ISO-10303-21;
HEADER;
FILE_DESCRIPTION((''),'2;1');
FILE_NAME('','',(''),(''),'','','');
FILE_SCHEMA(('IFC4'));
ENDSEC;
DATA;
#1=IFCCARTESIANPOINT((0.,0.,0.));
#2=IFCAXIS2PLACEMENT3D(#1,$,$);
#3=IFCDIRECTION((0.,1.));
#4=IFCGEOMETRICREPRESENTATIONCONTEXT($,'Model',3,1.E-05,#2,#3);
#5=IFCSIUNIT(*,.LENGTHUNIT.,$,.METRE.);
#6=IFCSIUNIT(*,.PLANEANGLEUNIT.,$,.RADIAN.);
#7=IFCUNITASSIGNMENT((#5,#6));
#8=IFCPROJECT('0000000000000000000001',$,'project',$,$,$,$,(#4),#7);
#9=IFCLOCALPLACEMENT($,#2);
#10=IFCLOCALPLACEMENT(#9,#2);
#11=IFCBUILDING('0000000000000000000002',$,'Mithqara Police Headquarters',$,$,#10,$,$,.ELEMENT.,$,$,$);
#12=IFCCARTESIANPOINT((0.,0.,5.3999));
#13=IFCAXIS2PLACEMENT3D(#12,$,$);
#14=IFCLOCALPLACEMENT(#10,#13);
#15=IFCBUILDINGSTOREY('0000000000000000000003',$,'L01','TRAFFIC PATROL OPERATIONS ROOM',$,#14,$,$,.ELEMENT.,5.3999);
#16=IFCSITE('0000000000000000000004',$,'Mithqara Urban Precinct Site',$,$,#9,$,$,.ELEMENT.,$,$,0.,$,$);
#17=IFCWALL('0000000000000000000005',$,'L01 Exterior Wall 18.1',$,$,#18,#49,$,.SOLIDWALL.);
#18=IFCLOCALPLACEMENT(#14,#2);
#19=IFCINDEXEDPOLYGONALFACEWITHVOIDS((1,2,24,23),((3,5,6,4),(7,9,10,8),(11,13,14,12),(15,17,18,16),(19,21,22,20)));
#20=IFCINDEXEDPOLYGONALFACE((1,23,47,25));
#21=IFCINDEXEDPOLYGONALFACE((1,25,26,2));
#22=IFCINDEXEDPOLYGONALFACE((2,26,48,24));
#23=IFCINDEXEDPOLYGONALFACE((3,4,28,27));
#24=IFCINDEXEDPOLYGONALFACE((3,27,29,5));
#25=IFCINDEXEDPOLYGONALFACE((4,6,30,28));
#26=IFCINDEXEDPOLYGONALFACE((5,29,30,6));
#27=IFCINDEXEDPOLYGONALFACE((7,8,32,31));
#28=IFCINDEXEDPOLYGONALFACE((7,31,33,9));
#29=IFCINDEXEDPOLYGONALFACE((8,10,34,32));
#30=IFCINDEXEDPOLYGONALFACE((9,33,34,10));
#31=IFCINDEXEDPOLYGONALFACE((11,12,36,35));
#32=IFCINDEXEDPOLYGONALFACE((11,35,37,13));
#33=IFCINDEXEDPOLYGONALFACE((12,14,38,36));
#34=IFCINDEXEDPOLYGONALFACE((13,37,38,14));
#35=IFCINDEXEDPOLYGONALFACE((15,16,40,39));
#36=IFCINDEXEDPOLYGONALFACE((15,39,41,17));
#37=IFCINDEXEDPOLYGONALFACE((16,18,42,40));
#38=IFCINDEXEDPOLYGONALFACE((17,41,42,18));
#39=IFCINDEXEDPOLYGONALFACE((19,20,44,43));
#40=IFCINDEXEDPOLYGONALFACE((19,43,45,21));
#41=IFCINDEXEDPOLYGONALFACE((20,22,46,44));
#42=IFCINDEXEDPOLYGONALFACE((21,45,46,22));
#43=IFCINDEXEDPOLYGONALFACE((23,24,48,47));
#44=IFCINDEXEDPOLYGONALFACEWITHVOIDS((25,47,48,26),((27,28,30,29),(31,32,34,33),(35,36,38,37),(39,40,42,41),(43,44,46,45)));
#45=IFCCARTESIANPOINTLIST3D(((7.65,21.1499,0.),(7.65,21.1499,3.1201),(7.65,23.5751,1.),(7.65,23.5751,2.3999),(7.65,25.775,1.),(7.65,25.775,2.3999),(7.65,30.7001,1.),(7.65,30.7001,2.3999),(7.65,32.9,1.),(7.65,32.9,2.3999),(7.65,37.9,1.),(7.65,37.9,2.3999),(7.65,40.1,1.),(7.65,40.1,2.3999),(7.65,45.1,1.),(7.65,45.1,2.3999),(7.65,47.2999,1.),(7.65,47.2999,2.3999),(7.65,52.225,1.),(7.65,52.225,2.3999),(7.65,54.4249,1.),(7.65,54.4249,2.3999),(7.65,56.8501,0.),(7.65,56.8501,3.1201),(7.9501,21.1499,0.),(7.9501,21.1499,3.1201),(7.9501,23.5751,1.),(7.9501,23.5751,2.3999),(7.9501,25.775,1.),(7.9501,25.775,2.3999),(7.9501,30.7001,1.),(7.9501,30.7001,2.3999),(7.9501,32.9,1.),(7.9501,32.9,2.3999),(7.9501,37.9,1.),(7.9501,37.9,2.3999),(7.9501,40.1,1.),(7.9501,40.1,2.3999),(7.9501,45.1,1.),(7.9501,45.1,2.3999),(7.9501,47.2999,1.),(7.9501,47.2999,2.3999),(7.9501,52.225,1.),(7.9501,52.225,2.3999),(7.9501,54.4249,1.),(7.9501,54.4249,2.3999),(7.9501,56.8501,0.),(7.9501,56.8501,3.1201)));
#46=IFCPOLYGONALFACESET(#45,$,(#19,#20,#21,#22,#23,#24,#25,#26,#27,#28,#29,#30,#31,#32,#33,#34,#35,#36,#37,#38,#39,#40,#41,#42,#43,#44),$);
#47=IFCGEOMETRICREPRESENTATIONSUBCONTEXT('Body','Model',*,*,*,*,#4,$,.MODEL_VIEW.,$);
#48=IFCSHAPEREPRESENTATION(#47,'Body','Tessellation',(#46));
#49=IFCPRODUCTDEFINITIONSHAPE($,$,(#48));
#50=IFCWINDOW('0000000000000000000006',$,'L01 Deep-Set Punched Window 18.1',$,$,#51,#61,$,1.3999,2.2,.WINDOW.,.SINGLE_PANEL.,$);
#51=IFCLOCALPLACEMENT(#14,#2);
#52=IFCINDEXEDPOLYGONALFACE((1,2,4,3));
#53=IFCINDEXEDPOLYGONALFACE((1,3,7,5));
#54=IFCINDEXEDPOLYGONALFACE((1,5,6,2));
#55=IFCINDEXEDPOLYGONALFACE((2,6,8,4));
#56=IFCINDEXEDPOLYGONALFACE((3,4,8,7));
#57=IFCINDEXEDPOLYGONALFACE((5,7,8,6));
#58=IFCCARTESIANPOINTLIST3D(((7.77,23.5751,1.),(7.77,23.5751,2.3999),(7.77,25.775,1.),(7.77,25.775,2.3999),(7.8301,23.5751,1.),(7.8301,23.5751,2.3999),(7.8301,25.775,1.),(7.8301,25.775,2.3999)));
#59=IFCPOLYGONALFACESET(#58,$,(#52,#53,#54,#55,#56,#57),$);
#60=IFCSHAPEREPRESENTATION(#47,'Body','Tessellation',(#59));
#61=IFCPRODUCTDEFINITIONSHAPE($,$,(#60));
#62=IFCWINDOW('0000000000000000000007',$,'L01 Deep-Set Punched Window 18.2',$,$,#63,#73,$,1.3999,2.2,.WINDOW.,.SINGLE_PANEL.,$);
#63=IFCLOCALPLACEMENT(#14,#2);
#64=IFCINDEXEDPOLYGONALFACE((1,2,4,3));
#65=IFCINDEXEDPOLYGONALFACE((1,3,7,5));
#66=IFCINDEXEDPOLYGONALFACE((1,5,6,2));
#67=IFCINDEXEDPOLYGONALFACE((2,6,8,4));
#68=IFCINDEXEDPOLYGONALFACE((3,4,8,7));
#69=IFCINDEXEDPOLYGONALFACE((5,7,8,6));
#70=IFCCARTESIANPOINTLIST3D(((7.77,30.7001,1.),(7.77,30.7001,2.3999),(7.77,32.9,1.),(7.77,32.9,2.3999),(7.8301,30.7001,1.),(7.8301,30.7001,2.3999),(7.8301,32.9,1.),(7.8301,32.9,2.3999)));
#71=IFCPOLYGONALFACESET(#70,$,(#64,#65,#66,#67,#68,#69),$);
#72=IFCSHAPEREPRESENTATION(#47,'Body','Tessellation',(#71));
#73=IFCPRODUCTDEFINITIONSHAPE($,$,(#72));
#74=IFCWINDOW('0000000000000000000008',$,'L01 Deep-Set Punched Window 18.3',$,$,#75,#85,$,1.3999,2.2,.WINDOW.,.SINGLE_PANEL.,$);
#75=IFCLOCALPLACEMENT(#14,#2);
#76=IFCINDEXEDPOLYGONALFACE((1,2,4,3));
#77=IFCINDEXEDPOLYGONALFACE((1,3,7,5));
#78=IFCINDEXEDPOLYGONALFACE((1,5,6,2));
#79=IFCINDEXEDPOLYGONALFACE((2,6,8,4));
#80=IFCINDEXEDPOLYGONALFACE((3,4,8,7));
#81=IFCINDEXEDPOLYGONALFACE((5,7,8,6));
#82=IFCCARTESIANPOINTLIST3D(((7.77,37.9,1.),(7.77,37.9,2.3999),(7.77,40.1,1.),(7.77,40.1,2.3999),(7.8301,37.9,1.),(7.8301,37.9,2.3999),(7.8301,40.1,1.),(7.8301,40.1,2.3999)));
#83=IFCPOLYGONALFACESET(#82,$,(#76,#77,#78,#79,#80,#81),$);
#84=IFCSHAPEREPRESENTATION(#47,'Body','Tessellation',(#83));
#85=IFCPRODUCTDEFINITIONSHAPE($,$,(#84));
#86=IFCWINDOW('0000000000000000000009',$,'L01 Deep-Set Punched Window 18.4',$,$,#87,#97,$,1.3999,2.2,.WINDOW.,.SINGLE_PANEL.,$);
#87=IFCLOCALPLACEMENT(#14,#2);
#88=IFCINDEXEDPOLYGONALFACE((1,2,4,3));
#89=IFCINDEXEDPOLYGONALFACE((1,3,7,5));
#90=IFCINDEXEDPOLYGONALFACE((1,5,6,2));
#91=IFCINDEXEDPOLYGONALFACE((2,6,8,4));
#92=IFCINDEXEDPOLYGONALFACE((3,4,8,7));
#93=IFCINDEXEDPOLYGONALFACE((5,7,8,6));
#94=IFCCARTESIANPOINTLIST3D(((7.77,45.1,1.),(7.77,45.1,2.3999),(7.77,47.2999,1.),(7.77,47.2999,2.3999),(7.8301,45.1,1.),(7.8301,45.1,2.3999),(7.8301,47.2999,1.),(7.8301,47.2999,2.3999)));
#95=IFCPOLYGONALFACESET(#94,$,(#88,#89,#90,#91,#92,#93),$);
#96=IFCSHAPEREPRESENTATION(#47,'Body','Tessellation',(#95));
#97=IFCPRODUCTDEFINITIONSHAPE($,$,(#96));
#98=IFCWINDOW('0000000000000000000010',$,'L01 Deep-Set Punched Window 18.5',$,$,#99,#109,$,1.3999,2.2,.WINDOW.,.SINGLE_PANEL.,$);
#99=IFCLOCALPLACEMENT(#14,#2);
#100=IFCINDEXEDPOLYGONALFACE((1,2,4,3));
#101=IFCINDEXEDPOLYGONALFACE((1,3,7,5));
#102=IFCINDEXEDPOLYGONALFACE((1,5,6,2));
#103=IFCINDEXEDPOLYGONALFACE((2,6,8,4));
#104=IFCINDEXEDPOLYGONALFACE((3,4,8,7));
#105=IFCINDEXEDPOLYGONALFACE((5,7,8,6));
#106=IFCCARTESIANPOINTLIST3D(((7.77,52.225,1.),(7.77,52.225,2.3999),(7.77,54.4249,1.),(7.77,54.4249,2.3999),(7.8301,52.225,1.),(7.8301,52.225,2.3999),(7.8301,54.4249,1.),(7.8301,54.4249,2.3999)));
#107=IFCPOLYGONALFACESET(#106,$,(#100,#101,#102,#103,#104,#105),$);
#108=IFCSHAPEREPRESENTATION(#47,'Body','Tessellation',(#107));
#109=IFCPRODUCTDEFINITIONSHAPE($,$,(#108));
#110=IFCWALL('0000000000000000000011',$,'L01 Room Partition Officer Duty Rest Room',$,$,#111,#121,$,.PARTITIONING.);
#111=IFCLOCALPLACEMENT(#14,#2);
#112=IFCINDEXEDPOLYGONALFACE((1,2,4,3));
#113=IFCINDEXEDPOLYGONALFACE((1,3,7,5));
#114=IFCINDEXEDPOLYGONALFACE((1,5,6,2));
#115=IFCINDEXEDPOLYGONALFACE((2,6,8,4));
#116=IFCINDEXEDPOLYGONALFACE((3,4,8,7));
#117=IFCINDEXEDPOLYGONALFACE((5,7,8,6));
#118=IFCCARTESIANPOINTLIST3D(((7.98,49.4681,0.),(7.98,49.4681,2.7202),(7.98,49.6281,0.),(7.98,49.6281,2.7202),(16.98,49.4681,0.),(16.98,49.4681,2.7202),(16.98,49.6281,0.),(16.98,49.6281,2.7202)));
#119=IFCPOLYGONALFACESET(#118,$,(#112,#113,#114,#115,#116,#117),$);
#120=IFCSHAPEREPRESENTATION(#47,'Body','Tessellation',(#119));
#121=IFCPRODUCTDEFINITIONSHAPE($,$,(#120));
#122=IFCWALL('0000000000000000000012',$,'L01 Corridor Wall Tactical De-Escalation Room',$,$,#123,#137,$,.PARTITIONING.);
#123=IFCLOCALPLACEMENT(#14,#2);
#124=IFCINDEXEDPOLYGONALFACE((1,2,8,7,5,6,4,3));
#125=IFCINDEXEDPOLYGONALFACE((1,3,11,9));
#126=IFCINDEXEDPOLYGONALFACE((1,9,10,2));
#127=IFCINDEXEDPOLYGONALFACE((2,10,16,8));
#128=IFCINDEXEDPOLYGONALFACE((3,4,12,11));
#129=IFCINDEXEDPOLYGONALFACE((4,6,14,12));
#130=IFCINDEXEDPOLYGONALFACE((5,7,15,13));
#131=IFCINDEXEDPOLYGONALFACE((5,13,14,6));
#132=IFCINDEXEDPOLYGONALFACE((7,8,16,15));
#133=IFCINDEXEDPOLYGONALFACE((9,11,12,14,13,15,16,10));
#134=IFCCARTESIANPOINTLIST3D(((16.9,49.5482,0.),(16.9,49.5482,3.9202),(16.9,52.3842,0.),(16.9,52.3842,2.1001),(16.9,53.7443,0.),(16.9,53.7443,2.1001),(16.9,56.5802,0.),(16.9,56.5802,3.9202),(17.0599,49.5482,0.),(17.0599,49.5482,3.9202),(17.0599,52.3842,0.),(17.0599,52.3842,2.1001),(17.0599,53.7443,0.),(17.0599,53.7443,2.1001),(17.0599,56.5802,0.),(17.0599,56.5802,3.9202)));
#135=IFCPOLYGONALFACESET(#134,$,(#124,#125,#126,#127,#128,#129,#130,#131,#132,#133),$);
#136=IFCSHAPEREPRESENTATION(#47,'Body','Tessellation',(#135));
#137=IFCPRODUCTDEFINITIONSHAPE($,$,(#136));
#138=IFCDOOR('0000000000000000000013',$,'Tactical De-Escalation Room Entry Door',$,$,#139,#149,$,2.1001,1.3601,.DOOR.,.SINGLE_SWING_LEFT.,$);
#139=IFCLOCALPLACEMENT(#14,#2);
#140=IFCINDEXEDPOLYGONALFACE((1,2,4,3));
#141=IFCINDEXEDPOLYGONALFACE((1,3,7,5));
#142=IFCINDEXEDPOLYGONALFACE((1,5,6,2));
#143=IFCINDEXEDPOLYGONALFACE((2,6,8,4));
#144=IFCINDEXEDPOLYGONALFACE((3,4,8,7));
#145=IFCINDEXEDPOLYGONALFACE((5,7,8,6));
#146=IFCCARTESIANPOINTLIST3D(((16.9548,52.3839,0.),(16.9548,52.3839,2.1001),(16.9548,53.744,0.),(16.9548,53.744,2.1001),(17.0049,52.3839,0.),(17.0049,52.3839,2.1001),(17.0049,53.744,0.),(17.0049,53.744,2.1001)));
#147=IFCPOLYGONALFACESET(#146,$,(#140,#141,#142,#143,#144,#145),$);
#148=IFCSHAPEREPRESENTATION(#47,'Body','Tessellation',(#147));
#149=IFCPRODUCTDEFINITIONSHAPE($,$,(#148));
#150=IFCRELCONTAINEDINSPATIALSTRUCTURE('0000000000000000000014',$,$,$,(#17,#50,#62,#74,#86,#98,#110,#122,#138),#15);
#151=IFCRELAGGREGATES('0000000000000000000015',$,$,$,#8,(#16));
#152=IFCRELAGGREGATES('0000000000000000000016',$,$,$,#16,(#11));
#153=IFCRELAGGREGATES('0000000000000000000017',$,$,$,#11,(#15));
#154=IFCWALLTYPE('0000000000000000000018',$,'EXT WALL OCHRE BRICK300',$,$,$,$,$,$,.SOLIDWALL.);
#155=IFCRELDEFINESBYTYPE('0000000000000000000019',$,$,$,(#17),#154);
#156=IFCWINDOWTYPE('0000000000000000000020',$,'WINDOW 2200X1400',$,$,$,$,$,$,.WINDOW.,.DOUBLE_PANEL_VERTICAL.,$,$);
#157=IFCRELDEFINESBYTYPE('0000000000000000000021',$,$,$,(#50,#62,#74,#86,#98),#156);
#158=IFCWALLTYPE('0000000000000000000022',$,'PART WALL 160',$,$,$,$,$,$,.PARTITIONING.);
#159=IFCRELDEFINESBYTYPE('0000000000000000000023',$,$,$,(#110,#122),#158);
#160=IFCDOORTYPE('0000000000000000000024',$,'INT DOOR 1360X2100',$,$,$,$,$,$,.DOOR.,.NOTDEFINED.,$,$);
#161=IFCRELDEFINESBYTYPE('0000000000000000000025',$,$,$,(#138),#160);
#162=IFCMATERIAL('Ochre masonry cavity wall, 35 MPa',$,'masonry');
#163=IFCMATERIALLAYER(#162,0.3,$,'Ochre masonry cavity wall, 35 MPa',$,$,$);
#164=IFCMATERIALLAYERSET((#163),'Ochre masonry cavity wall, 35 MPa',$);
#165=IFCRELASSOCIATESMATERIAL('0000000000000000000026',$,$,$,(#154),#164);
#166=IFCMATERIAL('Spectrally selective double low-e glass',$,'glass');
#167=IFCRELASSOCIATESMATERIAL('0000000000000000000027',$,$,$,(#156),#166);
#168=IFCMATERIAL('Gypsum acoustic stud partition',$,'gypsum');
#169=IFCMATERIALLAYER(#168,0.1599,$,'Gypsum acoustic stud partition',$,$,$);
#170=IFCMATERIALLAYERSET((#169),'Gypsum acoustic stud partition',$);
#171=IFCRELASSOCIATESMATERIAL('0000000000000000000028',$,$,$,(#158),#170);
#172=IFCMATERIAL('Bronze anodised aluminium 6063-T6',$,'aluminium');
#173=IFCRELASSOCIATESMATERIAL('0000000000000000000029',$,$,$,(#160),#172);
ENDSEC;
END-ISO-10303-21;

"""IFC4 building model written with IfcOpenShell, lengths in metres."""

from ifc_helpers import new_model, si_unit, direction, frame, frame_2d, origin, place, context, subcontext, project, spatial, rectangle, extrude, material, layer, layer_set, type_object, element, fill, save


model = new_model("IFC4")

# Units and contexts
model_context = context("Model", 3, precision=1e-05, world=origin(), true_north=direction((0.0, 1.0)))
body_context = subcontext(model_context, "Body", "Model", "MODEL_VIEW")
ifc_project = project(units=[si_unit("LENGTHUNIT", "METRE"), si_unit("PLANEANGLEUNIT", "RADIAN")], contexts=[model_context])

# Site, building, storey
site_placement = place(None, origin())
site = spatial("IfcSite", under=ifc_project, at=site_placement, Name="Mithqara Urban Precinct Site", CompositionType="ELEMENT", RefElevation=0.0)
building_placement = place(site_placement, origin())
building = spatial("IfcBuilding", under=site, at=building_placement, Name="Mithqara Police Headquarters", CompositionType="ELEMENT")
storey_placement = place(building_placement, frame((0.0, 0.0, 5.3999)))
storey = spatial("IfcBuildingStorey", under=building, at=storey_placement, Name="L01", Description="TRAFFIC PATROL OPERATIONS ROOM", CompositionType="ELEMENT", Elevation=5.3999)

# Shared definitions
ifc_material_1 = material(Name="Bronze anodised aluminium 6063-T6", Category="aluminium")

# Shared definitions
ifc_material_2 = material(Name="Ochre masonry cavity wall, 35 MPa", Category="masonry")
ifc_layer_1 = layer(ifc_material_2, 0.3, Name="Ochre masonry cavity wall, 35 MPa")
ifc_layer_set_1 = layer_set([ifc_layer_1], Name="Ochre masonry cavity wall, 35 MPa")
wall_type_1 = type_object("IfcWallType", Name="EXT WALL OCHRE BRICK300", PredefinedType="SOLIDWALL", material=ifc_layer_set_1)
ifc_material_3 = material(Name="Spectrally selective double low-e glass", Category="glass")

# Wall, openings, windows
wall_1_placement = place(storey_placement, frame((7.8, 56.8501, 0.0), z_axis=(0.0, 0.0, 1.0), x_axis=(0.0, -1.0, 0.0)))
wall_1 = element("IfcWall", 1, at=wall_1_placement, inside=storey, type_object=wall_type_1, Name="L01 Exterior Wall 18.1", PredefinedType="SOLIDWALL", context=body_context, shape_type="SweptSolid", body=[
    extrude(rectangle(XDim=35.7002, YDim=0.3, at=frame_2d((17.8501, 0.0))), origin(), (0.0, 0.0, 1.0), 3.1201),
])
opening_1_placement = place(wall_1_placement, frame((31.075, 0.0, 1.0)))
opening_1 = element("IfcOpeningElement", 2, at=opening_1_placement, cuts=wall_1, PredefinedType="OPENING", context=body_context, shape_type="SweptSolid", body=[
    extrude(rectangle(XDim=2.2, YDim=1.3999, at=frame_2d((1.1001, 0.7))), frame((0.0, 0.1602, 0.0), z_axis=(0.0, -1.0, 0.0), x_axis=(1.0, 0.0, 0.0)), (0.0, 0.0, 1.0), 0.3201),
])
opening_2_placement = place(wall_1_placement, frame((23.95, 0.0, 1.0)))
opening_2 = element("IfcOpeningElement", 3, at=opening_2_placement, cuts=wall_1, PredefinedType="OPENING", context=body_context, shape_type="SweptSolid", body=[
    extrude(rectangle(XDim=2.2, YDim=1.3999, at=frame_2d((1.1001, 0.7))), frame((0.0, 0.1602, 0.0), z_axis=(0.0, -1.0, 0.0), x_axis=(1.0, 0.0, 0.0)), (0.0, 0.0, 1.0), 0.3201),
])
opening_3_placement = place(wall_1_placement, frame((16.75, 0.0, 1.0)))
opening_3 = element("IfcOpeningElement", 4, at=opening_3_placement, cuts=wall_1, PredefinedType="OPENING", context=body_context, shape_type="SweptSolid", body=[
    extrude(rectangle(XDim=2.2, YDim=1.3999, at=frame_2d((1.1001, 0.7))), frame((0.0, 0.1602, 0.0), z_axis=(0.0, -1.0, 0.0), x_axis=(1.0, 0.0, 0.0)), (0.0, 0.0, 1.0), 0.3201),
])
opening_4_placement = place(wall_1_placement, frame((9.55, 0.0, 1.0)))
opening_4 = element("IfcOpeningElement", 5, at=opening_4_placement, cuts=wall_1, PredefinedType="OPENING", context=body_context, shape_type="SweptSolid", body=[
    extrude(rectangle(XDim=2.2, YDim=1.3999, at=frame_2d((1.1001, 0.7))), frame((0.0, 0.1602, 0.0), z_axis=(0.0, -1.0, 0.0), x_axis=(1.0, 0.0, 0.0)), (0.0, 0.0, 1.0), 0.3201),
])
opening_5_placement = place(wall_1_placement, frame((2.425, 0.0, 1.0)))
opening_5 = element("IfcOpeningElement", 6, at=opening_5_placement, cuts=wall_1, PredefinedType="OPENING", context=body_context, shape_type="SweptSolid", body=[
    extrude(rectangle(XDim=2.2, YDim=1.3999, at=frame_2d((1.1001, 0.7))), frame((0.0, 0.1602, 0.0), z_axis=(0.0, -1.0, 0.0), x_axis=(1.0, 0.0, 0.0)), (0.0, 0.0, 1.0), 0.3201),
])
window_type_1 = type_object("IfcWindowType", Name="WINDOW 2200X1400", PartitioningType="DOUBLE_PANEL_VERTICAL", PredefinedType="WINDOW", material=ifc_material_3)
window_1_placement = place(opening_1_placement, origin())
window_1 = element("IfcWindow", 7, at=window_1_placement, inside=storey, type_object=window_type_1, Name="L01 Deep-Set Punched Window 18.1", OverallHeight=1.3999, OverallWidth=2.2, PartitioningType="SINGLE_PANEL", PredefinedType="WINDOW", context=body_context, shape_type="SweptSolid", body=[
    extrude(rectangle(XDim=2.2, YDim=1.3999, at=frame_2d((1.1001, 0.7))), frame((0.0, 0.03, 0.0), z_axis=(0.0, -1.0, 0.0), x_axis=(1.0, 0.0, 0.0)), (0.0, 0.0, 1.0), 0.0601),
])
fill(opening_1, window_1)
window_2_placement = place(opening_2_placement, origin())
window_2 = element("IfcWindow", 8, at=window_2_placement, inside=storey, type_object=window_type_1, Name="L01 Deep-Set Punched Window 18.2", OverallHeight=1.3999, OverallWidth=2.2, PartitioningType="SINGLE_PANEL", PredefinedType="WINDOW", context=body_context, shape_type="SweptSolid", body=[
    extrude(rectangle(XDim=2.2, YDim=1.3999, at=frame_2d((1.1001, 0.7))), frame((0.0, 0.03, 0.0), z_axis=(0.0, -1.0, 0.0), x_axis=(1.0, 0.0, 0.0)), (0.0, 0.0, 1.0), 0.0601),
])
fill(opening_2, window_2)
window_3_placement = place(opening_3_placement, origin())
window_3 = element("IfcWindow", 9, at=window_3_placement, inside=storey, type_object=window_type_1, Name="L01 Deep-Set Punched Window 18.3", OverallHeight=1.3999, OverallWidth=2.2, PartitioningType="SINGLE_PANEL", PredefinedType="WINDOW", context=body_context, shape_type="SweptSolid", body=[
    extrude(rectangle(XDim=2.2, YDim=1.3999, at=frame_2d((1.1001, 0.7))), frame((0.0, 0.03, 0.0), z_axis=(0.0, -1.0, 0.0), x_axis=(1.0, 0.0, 0.0)), (0.0, 0.0, 1.0), 0.0601),
])
fill(opening_3, window_3)
window_4_placement = place(opening_4_placement, origin())
window_4 = element("IfcWindow", 10, at=window_4_placement, inside=storey, type_object=window_type_1, Name="L01 Deep-Set Punched Window 18.4", OverallHeight=1.3999, OverallWidth=2.2, PartitioningType="SINGLE_PANEL", PredefinedType="WINDOW", context=body_context, shape_type="SweptSolid", body=[
    extrude(rectangle(XDim=2.2, YDim=1.3999, at=frame_2d((1.1001, 0.7))), frame((0.0, 0.03, 0.0), z_axis=(0.0, -1.0, 0.0), x_axis=(1.0, 0.0, 0.0)), (0.0, 0.0, 1.0), 0.0601),
])
fill(opening_4, window_4)
window_5_placement = place(opening_5_placement, origin())
window_5 = element("IfcWindow", 11, at=window_5_placement, inside=storey, type_object=window_type_1, Name="L01 Deep-Set Punched Window 18.5", OverallHeight=1.3999, OverallWidth=2.2, PartitioningType="SINGLE_PANEL", PredefinedType="WINDOW", context=body_context, shape_type="SweptSolid", body=[
    extrude(rectangle(XDim=2.2, YDim=1.3999, at=frame_2d((1.1001, 0.7))), frame((0.0, 0.03, 0.0), z_axis=(0.0, -1.0, 0.0), x_axis=(1.0, 0.0, 0.0)), (0.0, 0.0, 1.0), 0.0601),
])
fill(opening_5, window_5)

# Wall
ifc_material_4 = material(Name="Gypsum acoustic stud partition", Category="gypsum")
ifc_layer_2 = layer(ifc_material_4, 0.1599, Name="Gypsum acoustic stud partition")
ifc_layer_set_2 = layer_set([ifc_layer_2], Name="Gypsum acoustic stud partition")
wall_type_2 = type_object("IfcWallType", Name="PART WALL 160", PredefinedType="PARTITIONING", material=ifc_layer_set_2)
wall_2_placement = place(storey_placement, frame((7.98, 49.5481, 0.0), z_axis=(0.0, 0.0, 1.0), x_axis=(1.0, 0.0, 0.0)))
element("IfcWall", 12, at=wall_2_placement, inside=storey, type_object=wall_type_2, Name="L01 Room Partition Officer Duty Rest Room", PredefinedType="PARTITIONING", context=body_context, shape_type="SweptSolid", body=[
    extrude(rectangle(XDim=9.0, YDim=0.1599, at=frame_2d((4.5, 0.0))), origin(), (0.0, 0.0, 1.0), 2.7202),
])

# Wall, opening, door
wall_3_placement = place(storey_placement, frame((16.98, 49.5481, 0.0), z_axis=(0.0, 0.0, 1.0), x_axis=(0.0, 1.0, 0.0)))
wall_3 = element("IfcWall", 13, at=wall_3_placement, inside=storey, type_object=wall_type_2, Name="L01 Corridor Wall Tactical De-Escalation Room", PredefinedType="PARTITIONING", context=body_context, shape_type="SweptSolid", body=[
    extrude(rectangle(XDim=7.032, YDim=0.1599, at=frame_2d((3.5161, 0.0))), origin(), (0.0, 0.0, 1.0), 3.9202),
])
opening_6_placement = place(wall_3_placement, frame((2.8359, 0.0, 0.0)))
opening_6 = element("IfcOpeningElement", 14, at=opening_6_placement, cuts=wall_3, PredefinedType="OPENING", context=body_context, shape_type="SweptSolid", body=[
    extrude(rectangle(XDim=1.3601, YDim=2.1001, at=frame_2d((0.6802, 1.05))), frame((0.0, 0.0898, 0.0), z_axis=(0.0, -1.0, 0.0), x_axis=(1.0, 0.0, 0.0)), (0.0, 0.0, 1.0), 0.1799),
])
door_type_1 = type_object("IfcDoorType", Name="INT DOOR 1360X2100", OperationType="NOTDEFINED", PredefinedType="DOOR", material=ifc_material_1)
door_1_placement = place(opening_6_placement, frame((1.3601, 0.0, 0.0), z_axis=(0.0, 0.0, 1.0), x_axis=(-1.0, 0.0, 0.0)))
door_1 = element("IfcDoor", 15, at=door_1_placement, inside=storey, type_object=door_type_1, Name="Tactical De-Escalation Room Entry Door", OperationType="SINGLE_SWING_LEFT", OverallHeight=2.1001, OverallWidth=1.3601, PredefinedType="DOOR", context=body_context, shape_type="SweptSolid", body=[
    extrude(rectangle(XDim=1.3601, YDim=2.1001, at=frame_2d((0.6802, 1.05))), frame((0.0, 0.0249, 0.0), z_axis=(0.0, -1.0, 0.0), x_axis=(1.0, 0.0, 0.0)), (0.0, 0.0, 1.0), 0.05),
])
fill(opening_6, door_1)

save(model, "model.ifc")
